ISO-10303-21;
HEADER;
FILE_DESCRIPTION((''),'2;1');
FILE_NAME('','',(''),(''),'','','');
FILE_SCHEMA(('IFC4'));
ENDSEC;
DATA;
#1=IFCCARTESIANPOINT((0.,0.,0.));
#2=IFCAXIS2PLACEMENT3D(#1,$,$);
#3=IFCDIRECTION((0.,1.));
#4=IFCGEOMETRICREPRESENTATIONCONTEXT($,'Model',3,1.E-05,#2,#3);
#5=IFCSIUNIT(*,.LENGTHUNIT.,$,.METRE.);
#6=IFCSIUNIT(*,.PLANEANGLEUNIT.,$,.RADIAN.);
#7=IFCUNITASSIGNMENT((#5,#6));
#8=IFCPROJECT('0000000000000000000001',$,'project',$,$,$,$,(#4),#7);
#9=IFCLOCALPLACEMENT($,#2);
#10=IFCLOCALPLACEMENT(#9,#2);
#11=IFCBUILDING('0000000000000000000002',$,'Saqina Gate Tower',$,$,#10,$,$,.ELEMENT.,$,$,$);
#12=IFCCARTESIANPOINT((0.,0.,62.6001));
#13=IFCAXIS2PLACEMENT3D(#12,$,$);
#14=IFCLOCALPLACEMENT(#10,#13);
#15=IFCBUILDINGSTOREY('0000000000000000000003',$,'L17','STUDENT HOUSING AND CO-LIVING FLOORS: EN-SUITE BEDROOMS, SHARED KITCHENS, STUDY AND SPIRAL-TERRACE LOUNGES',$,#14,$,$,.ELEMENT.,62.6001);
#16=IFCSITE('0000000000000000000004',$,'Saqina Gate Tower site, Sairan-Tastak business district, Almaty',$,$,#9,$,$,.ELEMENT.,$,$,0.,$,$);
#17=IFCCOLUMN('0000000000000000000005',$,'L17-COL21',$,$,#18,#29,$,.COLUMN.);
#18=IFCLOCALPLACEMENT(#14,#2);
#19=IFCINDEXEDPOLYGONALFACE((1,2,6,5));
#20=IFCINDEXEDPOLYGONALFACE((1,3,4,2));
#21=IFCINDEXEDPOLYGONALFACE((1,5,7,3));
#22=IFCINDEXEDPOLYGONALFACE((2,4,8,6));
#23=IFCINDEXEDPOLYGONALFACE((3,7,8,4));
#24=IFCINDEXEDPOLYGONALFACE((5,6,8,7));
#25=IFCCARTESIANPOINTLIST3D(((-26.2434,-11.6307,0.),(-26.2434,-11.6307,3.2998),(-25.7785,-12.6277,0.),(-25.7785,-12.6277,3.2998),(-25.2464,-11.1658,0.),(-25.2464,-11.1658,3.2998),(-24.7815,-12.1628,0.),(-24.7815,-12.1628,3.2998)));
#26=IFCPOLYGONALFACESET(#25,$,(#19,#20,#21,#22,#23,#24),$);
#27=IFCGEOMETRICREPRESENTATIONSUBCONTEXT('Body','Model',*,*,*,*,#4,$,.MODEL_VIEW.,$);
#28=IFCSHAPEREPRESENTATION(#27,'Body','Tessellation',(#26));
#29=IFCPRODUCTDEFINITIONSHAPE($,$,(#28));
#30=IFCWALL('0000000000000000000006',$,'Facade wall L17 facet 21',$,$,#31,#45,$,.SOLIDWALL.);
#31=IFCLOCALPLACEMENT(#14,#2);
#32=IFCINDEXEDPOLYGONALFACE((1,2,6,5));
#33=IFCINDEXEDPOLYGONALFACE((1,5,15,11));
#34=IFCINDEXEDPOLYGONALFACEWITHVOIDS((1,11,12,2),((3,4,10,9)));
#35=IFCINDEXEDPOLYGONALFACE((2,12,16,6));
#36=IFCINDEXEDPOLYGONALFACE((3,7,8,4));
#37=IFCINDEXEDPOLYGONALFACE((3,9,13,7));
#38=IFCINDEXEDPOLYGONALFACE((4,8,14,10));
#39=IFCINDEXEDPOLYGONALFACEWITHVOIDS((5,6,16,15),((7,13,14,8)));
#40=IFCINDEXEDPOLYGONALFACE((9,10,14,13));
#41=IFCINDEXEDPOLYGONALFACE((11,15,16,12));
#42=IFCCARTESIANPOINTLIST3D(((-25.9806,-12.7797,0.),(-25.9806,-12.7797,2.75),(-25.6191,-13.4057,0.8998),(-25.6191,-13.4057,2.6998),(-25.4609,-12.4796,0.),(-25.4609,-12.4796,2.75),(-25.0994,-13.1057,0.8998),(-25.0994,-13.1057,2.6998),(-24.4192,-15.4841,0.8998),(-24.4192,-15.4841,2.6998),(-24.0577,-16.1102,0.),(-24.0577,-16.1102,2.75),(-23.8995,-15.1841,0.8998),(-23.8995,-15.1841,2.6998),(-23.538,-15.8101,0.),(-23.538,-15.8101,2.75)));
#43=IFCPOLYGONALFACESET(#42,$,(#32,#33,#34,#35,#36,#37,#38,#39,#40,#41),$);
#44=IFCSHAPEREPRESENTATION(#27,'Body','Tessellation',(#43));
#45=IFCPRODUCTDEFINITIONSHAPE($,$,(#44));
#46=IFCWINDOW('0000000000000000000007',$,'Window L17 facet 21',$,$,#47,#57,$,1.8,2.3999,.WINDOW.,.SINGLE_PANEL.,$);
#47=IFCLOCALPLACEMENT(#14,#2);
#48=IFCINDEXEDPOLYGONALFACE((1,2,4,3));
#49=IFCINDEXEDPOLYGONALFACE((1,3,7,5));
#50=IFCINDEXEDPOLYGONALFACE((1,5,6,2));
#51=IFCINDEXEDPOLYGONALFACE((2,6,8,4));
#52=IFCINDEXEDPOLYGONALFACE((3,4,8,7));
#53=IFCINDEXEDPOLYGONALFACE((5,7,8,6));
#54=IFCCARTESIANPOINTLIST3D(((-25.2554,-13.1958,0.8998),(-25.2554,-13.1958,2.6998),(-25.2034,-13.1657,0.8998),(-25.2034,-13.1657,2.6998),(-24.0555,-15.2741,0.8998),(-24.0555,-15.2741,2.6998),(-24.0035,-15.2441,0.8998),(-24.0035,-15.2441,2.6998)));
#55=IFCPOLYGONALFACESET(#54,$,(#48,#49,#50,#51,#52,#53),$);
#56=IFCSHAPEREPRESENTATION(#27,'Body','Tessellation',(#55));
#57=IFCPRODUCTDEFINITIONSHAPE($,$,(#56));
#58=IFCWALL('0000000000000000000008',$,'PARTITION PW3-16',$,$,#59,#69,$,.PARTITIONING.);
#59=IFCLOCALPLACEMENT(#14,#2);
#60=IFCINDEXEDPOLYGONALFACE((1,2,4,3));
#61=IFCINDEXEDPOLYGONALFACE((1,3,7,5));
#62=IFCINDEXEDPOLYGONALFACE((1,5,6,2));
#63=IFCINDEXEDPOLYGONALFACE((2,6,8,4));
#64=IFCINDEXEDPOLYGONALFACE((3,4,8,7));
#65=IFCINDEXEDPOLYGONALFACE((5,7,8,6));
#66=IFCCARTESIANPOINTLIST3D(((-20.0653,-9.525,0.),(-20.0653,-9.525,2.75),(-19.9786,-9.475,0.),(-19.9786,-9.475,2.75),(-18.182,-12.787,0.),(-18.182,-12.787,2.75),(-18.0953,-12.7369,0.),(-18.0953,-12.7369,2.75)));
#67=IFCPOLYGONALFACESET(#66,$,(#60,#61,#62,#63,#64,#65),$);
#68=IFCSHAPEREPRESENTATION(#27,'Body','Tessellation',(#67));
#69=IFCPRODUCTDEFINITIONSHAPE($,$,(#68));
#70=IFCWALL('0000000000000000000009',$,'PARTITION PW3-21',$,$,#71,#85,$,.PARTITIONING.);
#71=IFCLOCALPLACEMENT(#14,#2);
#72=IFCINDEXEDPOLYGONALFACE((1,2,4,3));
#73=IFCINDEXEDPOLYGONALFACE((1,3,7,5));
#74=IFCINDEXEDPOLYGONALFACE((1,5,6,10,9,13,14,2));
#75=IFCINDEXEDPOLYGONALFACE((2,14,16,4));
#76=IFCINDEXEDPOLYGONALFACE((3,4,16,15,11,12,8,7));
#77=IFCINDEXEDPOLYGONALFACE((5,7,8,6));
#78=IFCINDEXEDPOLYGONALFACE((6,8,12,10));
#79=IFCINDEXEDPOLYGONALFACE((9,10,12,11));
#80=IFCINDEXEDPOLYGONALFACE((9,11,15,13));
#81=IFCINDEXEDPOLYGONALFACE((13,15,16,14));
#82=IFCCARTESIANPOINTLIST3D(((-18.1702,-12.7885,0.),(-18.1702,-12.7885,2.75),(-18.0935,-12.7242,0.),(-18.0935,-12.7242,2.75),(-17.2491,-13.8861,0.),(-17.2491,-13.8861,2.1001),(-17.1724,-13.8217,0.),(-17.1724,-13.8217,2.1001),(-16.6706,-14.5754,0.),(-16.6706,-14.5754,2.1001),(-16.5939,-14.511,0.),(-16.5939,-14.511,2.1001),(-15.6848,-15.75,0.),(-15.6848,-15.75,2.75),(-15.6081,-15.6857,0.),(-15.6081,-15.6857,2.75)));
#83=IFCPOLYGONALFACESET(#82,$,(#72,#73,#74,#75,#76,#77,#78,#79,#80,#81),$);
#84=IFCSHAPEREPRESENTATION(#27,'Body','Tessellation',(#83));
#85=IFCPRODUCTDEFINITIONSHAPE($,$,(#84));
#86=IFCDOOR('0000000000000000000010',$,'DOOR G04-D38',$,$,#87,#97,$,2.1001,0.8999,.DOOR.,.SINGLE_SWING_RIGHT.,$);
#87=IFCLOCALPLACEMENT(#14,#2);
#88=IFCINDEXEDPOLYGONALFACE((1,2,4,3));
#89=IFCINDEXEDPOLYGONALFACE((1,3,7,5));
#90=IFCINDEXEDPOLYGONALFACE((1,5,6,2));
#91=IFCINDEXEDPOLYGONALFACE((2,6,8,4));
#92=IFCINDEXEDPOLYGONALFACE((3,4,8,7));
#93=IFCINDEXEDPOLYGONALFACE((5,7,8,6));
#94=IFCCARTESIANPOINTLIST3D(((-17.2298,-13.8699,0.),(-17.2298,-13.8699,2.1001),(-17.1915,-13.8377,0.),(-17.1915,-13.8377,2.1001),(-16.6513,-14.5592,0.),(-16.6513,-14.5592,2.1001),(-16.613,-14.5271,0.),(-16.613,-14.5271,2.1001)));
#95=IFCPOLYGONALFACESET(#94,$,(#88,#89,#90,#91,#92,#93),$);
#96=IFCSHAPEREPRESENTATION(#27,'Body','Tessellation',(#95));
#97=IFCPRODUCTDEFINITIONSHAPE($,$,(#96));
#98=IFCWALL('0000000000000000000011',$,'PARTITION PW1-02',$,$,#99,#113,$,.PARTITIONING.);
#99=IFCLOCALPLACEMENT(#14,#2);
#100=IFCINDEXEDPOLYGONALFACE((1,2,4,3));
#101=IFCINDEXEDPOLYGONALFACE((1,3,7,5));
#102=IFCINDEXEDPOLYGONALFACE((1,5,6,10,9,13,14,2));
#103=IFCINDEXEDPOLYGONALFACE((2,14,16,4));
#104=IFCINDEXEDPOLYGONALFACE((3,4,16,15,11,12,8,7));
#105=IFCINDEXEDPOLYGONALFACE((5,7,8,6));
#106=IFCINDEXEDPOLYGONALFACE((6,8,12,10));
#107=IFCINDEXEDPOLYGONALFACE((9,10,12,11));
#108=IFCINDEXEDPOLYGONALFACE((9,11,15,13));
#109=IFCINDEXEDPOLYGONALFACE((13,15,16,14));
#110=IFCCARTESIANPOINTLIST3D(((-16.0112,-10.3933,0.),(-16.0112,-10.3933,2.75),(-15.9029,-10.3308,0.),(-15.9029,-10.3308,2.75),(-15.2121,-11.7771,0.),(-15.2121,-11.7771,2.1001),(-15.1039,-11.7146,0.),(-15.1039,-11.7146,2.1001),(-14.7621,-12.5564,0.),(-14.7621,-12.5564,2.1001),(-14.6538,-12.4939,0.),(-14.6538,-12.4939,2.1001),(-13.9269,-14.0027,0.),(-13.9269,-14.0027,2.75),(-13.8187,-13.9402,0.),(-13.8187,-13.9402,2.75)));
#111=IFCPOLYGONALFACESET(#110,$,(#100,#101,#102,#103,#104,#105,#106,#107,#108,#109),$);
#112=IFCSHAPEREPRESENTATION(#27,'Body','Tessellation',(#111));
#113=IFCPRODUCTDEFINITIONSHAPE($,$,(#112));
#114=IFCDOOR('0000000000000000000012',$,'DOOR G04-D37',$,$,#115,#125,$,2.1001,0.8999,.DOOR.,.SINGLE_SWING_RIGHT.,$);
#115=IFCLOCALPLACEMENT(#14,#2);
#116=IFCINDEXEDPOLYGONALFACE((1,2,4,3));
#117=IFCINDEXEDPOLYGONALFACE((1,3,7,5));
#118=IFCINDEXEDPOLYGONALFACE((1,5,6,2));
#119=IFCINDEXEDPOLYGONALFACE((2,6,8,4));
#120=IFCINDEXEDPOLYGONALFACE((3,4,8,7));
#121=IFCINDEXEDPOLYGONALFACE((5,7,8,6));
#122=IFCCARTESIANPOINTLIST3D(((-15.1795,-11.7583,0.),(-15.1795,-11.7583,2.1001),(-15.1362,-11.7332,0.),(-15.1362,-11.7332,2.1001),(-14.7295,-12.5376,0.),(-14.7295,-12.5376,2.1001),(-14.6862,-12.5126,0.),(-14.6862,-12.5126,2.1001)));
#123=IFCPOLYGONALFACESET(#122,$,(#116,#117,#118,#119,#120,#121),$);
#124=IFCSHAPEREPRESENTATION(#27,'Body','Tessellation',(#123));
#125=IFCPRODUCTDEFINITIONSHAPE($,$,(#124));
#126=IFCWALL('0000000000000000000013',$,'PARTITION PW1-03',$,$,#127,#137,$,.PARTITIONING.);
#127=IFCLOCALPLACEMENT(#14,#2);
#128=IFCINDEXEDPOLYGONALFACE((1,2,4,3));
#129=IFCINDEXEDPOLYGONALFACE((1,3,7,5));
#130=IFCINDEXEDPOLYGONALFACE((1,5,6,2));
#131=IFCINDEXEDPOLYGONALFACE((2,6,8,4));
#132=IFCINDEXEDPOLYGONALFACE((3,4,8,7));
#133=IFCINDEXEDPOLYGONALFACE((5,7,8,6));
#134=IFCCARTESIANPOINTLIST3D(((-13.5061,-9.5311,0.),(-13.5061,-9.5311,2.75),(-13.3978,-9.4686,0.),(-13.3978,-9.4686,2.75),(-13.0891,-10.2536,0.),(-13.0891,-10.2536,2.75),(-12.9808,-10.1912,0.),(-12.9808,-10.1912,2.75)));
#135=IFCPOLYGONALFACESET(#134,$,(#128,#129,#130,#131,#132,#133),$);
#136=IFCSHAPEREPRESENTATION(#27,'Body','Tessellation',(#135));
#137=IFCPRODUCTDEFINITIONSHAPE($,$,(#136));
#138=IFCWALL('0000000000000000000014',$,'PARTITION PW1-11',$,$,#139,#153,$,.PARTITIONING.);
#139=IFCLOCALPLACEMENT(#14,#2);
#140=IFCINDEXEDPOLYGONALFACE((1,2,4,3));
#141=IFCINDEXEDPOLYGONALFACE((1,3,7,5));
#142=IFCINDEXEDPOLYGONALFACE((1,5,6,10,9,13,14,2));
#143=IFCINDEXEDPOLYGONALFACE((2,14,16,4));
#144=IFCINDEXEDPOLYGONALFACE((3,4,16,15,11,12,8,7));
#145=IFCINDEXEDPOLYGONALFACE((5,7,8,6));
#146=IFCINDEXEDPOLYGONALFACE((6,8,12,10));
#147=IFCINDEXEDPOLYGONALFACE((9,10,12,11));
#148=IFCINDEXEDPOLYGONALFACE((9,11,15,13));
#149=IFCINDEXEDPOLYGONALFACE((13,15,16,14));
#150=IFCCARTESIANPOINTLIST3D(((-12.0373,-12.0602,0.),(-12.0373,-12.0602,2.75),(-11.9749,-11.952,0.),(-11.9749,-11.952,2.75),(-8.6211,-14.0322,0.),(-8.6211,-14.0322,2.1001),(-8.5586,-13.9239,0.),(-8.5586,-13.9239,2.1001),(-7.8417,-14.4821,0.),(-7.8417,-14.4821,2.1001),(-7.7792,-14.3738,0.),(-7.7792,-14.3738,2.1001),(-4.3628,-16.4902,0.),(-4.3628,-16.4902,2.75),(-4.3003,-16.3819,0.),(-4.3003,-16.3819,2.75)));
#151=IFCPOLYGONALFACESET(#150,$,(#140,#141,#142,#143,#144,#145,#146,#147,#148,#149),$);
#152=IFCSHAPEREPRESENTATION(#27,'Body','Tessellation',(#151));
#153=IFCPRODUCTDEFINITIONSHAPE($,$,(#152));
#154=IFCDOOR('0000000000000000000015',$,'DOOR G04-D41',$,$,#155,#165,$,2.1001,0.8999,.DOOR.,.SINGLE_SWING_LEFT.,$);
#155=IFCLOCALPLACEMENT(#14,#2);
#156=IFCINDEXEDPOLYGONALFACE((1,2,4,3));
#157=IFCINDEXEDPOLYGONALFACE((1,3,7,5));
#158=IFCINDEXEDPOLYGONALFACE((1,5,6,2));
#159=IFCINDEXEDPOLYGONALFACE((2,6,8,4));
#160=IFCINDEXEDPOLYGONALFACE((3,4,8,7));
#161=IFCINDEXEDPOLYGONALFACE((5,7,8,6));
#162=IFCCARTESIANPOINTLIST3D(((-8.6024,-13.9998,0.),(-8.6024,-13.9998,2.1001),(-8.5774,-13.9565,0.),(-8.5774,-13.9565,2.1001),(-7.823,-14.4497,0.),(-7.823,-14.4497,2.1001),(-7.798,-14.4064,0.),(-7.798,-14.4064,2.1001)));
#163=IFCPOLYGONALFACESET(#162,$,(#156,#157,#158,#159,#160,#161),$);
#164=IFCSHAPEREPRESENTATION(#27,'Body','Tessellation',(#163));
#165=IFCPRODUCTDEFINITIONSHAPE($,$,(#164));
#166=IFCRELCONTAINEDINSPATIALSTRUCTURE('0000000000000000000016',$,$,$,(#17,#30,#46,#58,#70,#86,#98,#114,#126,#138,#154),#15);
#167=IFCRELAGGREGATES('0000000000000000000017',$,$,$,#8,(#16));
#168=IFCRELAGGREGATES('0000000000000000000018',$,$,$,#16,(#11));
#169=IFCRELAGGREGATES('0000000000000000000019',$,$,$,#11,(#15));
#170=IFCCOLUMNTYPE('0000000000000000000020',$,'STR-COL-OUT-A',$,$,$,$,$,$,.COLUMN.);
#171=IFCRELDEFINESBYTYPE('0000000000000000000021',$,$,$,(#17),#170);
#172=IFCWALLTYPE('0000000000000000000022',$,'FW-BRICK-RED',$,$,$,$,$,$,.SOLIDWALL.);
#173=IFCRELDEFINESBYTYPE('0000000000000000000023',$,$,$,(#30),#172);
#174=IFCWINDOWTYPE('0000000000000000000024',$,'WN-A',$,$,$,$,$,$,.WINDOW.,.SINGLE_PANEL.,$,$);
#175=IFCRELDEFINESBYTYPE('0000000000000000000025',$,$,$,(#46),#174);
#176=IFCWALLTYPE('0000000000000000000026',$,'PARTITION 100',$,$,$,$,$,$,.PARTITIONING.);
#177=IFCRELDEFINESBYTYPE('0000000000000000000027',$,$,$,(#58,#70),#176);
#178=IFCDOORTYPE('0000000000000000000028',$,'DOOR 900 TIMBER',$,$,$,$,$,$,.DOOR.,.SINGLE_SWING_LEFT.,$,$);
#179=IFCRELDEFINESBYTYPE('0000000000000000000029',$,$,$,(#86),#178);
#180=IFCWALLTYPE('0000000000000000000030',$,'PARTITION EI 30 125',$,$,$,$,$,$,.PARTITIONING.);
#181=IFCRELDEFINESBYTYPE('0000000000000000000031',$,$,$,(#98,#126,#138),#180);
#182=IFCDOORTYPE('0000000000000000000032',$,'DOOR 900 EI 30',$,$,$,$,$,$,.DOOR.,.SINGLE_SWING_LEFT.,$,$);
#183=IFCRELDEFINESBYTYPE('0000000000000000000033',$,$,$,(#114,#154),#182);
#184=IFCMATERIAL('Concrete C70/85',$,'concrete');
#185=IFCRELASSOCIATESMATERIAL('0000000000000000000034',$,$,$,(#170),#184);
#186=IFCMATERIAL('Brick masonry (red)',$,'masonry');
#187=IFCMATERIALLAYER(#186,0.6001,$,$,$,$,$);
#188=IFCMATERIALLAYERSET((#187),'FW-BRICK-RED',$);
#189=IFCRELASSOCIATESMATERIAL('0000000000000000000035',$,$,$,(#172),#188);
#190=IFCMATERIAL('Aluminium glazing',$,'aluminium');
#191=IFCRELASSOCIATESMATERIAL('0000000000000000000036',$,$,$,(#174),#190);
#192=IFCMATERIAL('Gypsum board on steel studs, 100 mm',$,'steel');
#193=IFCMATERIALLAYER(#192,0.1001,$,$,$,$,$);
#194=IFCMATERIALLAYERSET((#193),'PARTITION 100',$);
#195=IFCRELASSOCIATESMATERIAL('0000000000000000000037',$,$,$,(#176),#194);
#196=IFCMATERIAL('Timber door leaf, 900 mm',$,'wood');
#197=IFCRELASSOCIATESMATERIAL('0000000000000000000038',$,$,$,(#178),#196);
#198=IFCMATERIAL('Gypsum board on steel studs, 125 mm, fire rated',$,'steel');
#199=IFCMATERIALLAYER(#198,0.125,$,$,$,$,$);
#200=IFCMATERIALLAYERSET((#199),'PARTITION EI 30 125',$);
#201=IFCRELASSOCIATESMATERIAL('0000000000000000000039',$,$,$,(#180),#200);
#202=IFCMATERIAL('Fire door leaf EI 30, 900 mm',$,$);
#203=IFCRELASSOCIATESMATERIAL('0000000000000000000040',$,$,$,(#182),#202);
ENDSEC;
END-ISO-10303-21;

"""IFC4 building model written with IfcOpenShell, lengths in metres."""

from ifc_helpers import new_model, si_unit, direction, frame, frame_2d, origin, origin_2d, place, context, subcontext, project, spatial, rectangle, extrude, material, layer, layer_set, material_profile, profile_set, type_object, element, fill, save


model = new_model("IFC4")

# Units and contexts
model_context = context("Model", 3, precision=1e-05, world=origin(), true_north=direction((0.0, 1.0)))
body_context = subcontext(model_context, "Body", "Model", "MODEL_VIEW")
ifc_project = project(units=[si_unit("LENGTHUNIT", "METRE"), si_unit("PLANEANGLEUNIT", "RADIAN")], contexts=[model_context])

# Site, building, storey
site_placement = place(None, origin())
site = spatial("IfcSite", under=ifc_project, at=site_placement, Name="Saqina Gate Tower site, Sairan-Tastak business district, Almaty", CompositionType="ELEMENT", RefElevation=0.0)
building_placement = place(site_placement, origin())
building = spatial("IfcBuilding", under=site, at=building_placement, Name="Saqina Gate Tower", CompositionType="ELEMENT")
storey_placement = place(building_placement, frame((0.0, 0.0, 62.6001)))
storey = spatial("IfcBuildingStorey", under=building, at=storey_placement, Name="L17", Description="STUDENT HOUSING AND CO-LIVING FLOORS: EN-SUITE BEDROOMS, SHARED KITCHENS, STUDY AND SPIRAL-TERRACE LOUNGES", CompositionType="ELEMENT", Elevation=62.6001)

# Column
ifc_material_1 = material(Name="Concrete C70/85", Category="concrete")
ifc_material_profile = material_profile(ifc_material_1, rectangle(XDim=1.1001, YDim=1.1001, at=origin_2d()), Name="RC 1100x1100")
ifc_profile_set = profile_set([ifc_material_profile], Name="Concrete C70/85")
column_type = type_object("IfcColumnType", Name="STR-COL-OUT-A", PredefinedType="COLUMN", material=ifc_profile_set)
column_placement = place(storey_placement, frame((-25.5125, -11.8967, 0.0), z_axis=(0.0, 0.0, 1.0), x_axis=(-0.906308, -0.422618, 0.0)))
element("IfcColumn", 1, at=column_placement, inside=storey, type_object=column_type, Name="L17-COL21", PredefinedType="COLUMN", context=body_context, shape_type="SweptSolid", body=[
    extrude(rectangle(XDim=1.1001, YDim=1.1001, at=origin_2d()), origin(), (0.0, 0.0, 1.0), 3.2998),
])

# Wall, opening, window
ifc_material_2 = material(Name="Brick masonry (red)", Category="masonry")
ifc_layer_1 = layer(ifc_material_2, 0.6001)
ifc_layer_set_1 = layer_set([ifc_layer_1], Name="FW-BRICK-RED")
wall_type_1 = type_object("IfcWallType", Name="FW-BRICK-RED", PredefinedType="SOLIDWALL", material=ifc_layer_set_1)
wall_1_placement = place(storey_placement, frame((-25.7207, -12.6296, 0.0), z_axis=(0.0, 0.0, 1.0), x_axis=(0.49999, -0.866031, 0.0)))
wall_1 = element("IfcWall", 2, at=wall_1_placement, inside=storey, type_object=wall_type_1, Name="Facade wall L17 facet 21", PredefinedType="SOLIDWALL", context=body_context, shape_type="SweptSolid", body=[
    extrude(rectangle(XDim=3.8457, YDim=0.6001, at=frame_2d((1.9229, 0.0))), origin(), (0.0, 0.0, 1.0), 2.75),
])
opening_1_placement = place(wall_1_placement, frame((0.7229, 0.0, 0.8999)))
opening_1 = element("IfcOpeningElement", 3, at=opening_1_placement, cuts=wall_1, PredefinedType="OPENING", context=body_context, shape_type="SweptSolid", body=[
    extrude(rectangle(XDim=2.3999, YDim=1.8, at=frame_2d((1.2, 0.8999))), frame((0.0, 0.312, 0.0), z_axis=(0.0, -1.0, 0.0), x_axis=(1.0, 0.0, 0.0)), (0.0, 0.0, 1.0), 0.624),
])
ifc_material_3 = material(Name="Aluminium glazing", Category="aluminium")
window_type = type_object("IfcWindowType", Name="WN-A", PartitioningType="SINGLE_PANEL", PredefinedType="WINDOW", material=ifc_material_3)
window_placement = place(opening_1_placement, origin())
window = element("IfcWindow", 4, at=window_placement, inside=storey, type_object=window_type, Name="Window L17 facet 21", OverallHeight=1.8, OverallWidth=2.3999, PartitioningType="SINGLE_PANEL", PredefinedType="WINDOW", context=body_context, shape_type="SweptSolid", body=[
    extrude(rectangle(XDim=2.3999, YDim=1.8, at=frame_2d((1.2, 0.8999))), frame((0.0, 0.1799, 0.0), z_axis=(0.0, -1.0, 0.0), x_axis=(1.0, 0.0, 0.0)), (0.0, 0.0, 1.0), 0.0601),
])
fill(opening_1, window)

# Wall
ifc_material_4 = material(Name="Gypsum board on steel studs, 100 mm", Category="steel")
ifc_layer_2 = layer(ifc_material_4, 0.1001)
ifc_layer_set_2 = layer_set([ifc_layer_2], Name="PARTITION 100")
wall_type_2 = type_object("IfcWallType", Name="PARTITION 100", PredefinedType="PARTITIONING", material=ifc_layer_set_2)
wall_2_placement = place(storey_placement, frame((-20.022, -9.5, 0.0), z_axis=(0.0, 0.0, 1.0), x_axis=(0.500001, -0.866025, 0.0)))
element("IfcWall", 5, at=wall_2_placement, inside=storey, type_object=wall_type_2, Name="PARTITION PW3-16", PredefinedType="PARTITIONING", context=body_context, shape_type="SweptSolid", body=[
    extrude(rectangle(XDim=3.7666, YDim=0.1001, at=frame_2d((1.8833, 0.0))), origin(), (0.0, 0.0, 1.0), 2.75),
])

# Walls, openings, doors
wall_3_placement = place(storey_placement, frame((-18.1318, -12.7563, 0.0), z_axis=(0.0, 0.0, 1.0), x_axis=(0.642851, -0.765991, 0.0)))
wall_3 = element("IfcWall", 6, at=wall_3_placement, inside=storey, type_object=wall_type_2, Name="PARTITION PW3-21", PredefinedType="PARTITIONING", context=body_context, shape_type="SweptSolid", body=[
    extrude(rectangle(XDim=3.8662, YDim=0.1001, at=frame_2d((1.9331, 0.0))), origin(), (0.0, 0.0, 1.0), 2.75),
])
opening_2_placement = place(wall_3_placement, frame((1.4329, 0.0, 0.0)))
opening_2 = element("IfcOpeningElement", 7, at=opening_2_placement, cuts=wall_3, PredefinedType="OPENING", context=body_context, shape_type="SweptSolid", body=[
    extrude(rectangle(XDim=0.8999, YDim=2.1001, at=frame_2d((0.45, 1.05))), frame((0.0, 0.062, 0.0), z_axis=(0.0, -1.0, 0.0), x_axis=(1.0, 0.0, 0.0)), (0.0, 0.0, 1.0), 0.124),
])
ifc_material_5 = material(Name="Timber door leaf, 900 mm", Category="wood")
door_type_1 = type_object("IfcDoorType", Name="DOOR 900 TIMBER", OperationType="SINGLE_SWING_LEFT", PredefinedType="DOOR", material=ifc_material_5)
door_1_placement = place(opening_2_placement, frame((0.8999, 0.0, 0.0), z_axis=(0.0, 0.0, 1.0), x_axis=(-1.0, 0.0, 0.0)))
door_1 = element("IfcDoor", 8, at=door_1_placement, inside=storey, type_object=door_type_1, Name="DOOR G04-D38", OperationType="SINGLE_SWING_RIGHT", OverallHeight=2.1001, OverallWidth=0.8999, PredefinedType="DOOR", context=body_context, shape_type="SweptSolid", body=[
    extrude(rectangle(XDim=0.8999, YDim=2.1001, at=frame_2d((0.45, 1.05))), frame((0.0, 0.0249, 0.0), z_axis=(0.0, -1.0, 0.0), x_axis=(1.0, 0.0, 0.0)), (0.0, 0.0, 1.0), 0.05),
])
fill(opening_2, door_1)
ifc_material_6 = material(Name="Gypsum board on steel studs, 125 mm, fire rated", Category="steel")
ifc_layer_3 = layer(ifc_material_6, 0.125)
ifc_layer_set_3 = layer_set([ifc_layer_3], Name="PARTITION EI 30 125")
wall_type_3 = type_object("IfcWallType", Name="PARTITION EI 30 125", PredefinedType="PARTITIONING", material=ifc_layer_set_3)
wall_4_placement = place(storey_placement, frame((-15.957, -10.3621, 0.0), z_axis=(0.0, 0.0, 1.0), x_axis=(0.500064, -0.865989, 0.0)))
wall_4 = element("IfcWall", 9, at=wall_4_placement, inside=storey, type_object=wall_type_3, Name="PARTITION PW1-02", PredefinedType="PARTITIONING", context=body_context, shape_type="SweptSolid", body=[
    extrude(rectangle(XDim=4.168, YDim=0.125, at=frame_2d((2.084, 0.0))), origin(), (0.0, 0.0, 1.0), 2.75),
])
opening_3_placement = place(wall_4_placement, frame((1.5979, 0.0, 0.0)))
opening_3 = element("IfcOpeningElement", 10, at=opening_3_placement, cuts=wall_4, PredefinedType="OPENING", context=body_context, shape_type="SweptSolid", body=[
    extrude(rectangle(XDim=0.8999, YDim=2.1001, at=frame_2d((0.45, 1.05))), frame((0.0, 0.0745, 0.0), z_axis=(0.0, -1.0, 0.0), x_axis=(1.0, 0.0, 0.0)), (0.0, 0.0, 1.0), 0.1489),
])
ifc_material_7 = material(Name="Fire door leaf EI 30, 900 mm")
door_type_2 = type_object("IfcDoorType", Name="DOOR 900 EI 30", OperationType="SINGLE_SWING_LEFT", PredefinedType="DOOR", material=ifc_material_7)
door_2_placement = place(opening_3_placement, frame((0.8999, 0.0, 0.0), z_axis=(0.0, 0.0, 1.0), x_axis=(-1.0, 0.0, 0.0)))
door_2 = element("IfcDoor", 11, at=door_2_placement, inside=storey, type_object=door_type_2, Name="DOOR G04-D37", OperationType="SINGLE_SWING_RIGHT", OverallHeight=2.1001, OverallWidth=0.8999, PredefinedType="DOOR", context=body_context, shape_type="SweptSolid", body=[
    extrude(rectangle(XDim=0.8999, YDim=2.1001, at=frame_2d((0.45, 1.05))), frame((0.0, 0.0249, 0.0), z_axis=(0.0, -1.0, 0.0), x_axis=(1.0, 0.0, 0.0)), (0.0, 0.0, 1.0), 0.05),
])
fill(opening_3, door_2)

# Wall
wall_5_placement = place(storey_placement, frame((-13.4519, -9.5, 0.0), z_axis=(0.0, 0.0, 1.0), x_axis=(0.499917, -0.866073, 0.0)))
element("IfcWall", 12, at=wall_5_placement, inside=storey, type_object=wall_type_3, Name="PARTITION PW1-03", PredefinedType="PARTITIONING", context=body_context, shape_type="SweptSolid", body=[
    extrude(rectangle(XDim=0.8342, YDim=0.125, at=frame_2d((0.417, 0.0))), origin(), (0.0, 0.0, 1.0), 2.75),
])

# Wall, opening, door
wall_6_placement = place(storey_placement, frame((-12.0061, -12.0061, 0.0), z_axis=(0.0, 0.0, 1.0), x_axis=(0.866073, -0.499917, 0.0)))
wall_6 = element("IfcWall", 13, at=wall_6_placement, inside=storey, type_object=wall_type_3, Name="PARTITION PW1-11", PredefinedType="PARTITIONING", context=body_context, shape_type="SweptSolid", body=[
    extrude(rectangle(XDim=8.8613, YDim=0.125, at=frame_2d((4.4307, 0.0))), origin(), (0.0, 0.0, 1.0), 2.75),
])
opening_4_placement = place(wall_6_placement, frame((3.9446, 0.0, 0.0)))
opening_4 = element("IfcOpeningElement", 14, at=opening_4_placement, cuts=wall_6, PredefinedType="OPENING", context=body_context, shape_type="SweptSolid", body=[
    extrude(rectangle(XDim=0.8999, YDim=2.1001, at=frame_2d((0.45, 1.05))), frame((0.0, 0.0745, 0.0), z_axis=(0.0, -1.0, 0.0), x_axis=(1.0, 0.0, 0.0)), (0.0, 0.0, 1.0), 0.1489),
])
door_3_placement = place(opening_4_placement, origin())
door_3 = element("IfcDoor", 15, at=door_3_placement, inside=storey, type_object=door_type_2, Name="DOOR G04-D41", OperationType="SINGLE_SWING_LEFT", OverallHeight=2.1001, OverallWidth=0.8999, PredefinedType="DOOR", context=body_context, shape_type="SweptSolid", body=[
    extrude(rectangle(XDim=0.8999, YDim=2.1001, at=frame_2d((0.45, 1.05))), frame((0.0, 0.0249, 0.0), z_axis=(0.0, -1.0, 0.0), x_axis=(1.0, 0.0, 0.0)), (0.0, 0.0, 1.0), 0.05),
])
fill(opening_4, door_3)

save(model, "model.ifc")
